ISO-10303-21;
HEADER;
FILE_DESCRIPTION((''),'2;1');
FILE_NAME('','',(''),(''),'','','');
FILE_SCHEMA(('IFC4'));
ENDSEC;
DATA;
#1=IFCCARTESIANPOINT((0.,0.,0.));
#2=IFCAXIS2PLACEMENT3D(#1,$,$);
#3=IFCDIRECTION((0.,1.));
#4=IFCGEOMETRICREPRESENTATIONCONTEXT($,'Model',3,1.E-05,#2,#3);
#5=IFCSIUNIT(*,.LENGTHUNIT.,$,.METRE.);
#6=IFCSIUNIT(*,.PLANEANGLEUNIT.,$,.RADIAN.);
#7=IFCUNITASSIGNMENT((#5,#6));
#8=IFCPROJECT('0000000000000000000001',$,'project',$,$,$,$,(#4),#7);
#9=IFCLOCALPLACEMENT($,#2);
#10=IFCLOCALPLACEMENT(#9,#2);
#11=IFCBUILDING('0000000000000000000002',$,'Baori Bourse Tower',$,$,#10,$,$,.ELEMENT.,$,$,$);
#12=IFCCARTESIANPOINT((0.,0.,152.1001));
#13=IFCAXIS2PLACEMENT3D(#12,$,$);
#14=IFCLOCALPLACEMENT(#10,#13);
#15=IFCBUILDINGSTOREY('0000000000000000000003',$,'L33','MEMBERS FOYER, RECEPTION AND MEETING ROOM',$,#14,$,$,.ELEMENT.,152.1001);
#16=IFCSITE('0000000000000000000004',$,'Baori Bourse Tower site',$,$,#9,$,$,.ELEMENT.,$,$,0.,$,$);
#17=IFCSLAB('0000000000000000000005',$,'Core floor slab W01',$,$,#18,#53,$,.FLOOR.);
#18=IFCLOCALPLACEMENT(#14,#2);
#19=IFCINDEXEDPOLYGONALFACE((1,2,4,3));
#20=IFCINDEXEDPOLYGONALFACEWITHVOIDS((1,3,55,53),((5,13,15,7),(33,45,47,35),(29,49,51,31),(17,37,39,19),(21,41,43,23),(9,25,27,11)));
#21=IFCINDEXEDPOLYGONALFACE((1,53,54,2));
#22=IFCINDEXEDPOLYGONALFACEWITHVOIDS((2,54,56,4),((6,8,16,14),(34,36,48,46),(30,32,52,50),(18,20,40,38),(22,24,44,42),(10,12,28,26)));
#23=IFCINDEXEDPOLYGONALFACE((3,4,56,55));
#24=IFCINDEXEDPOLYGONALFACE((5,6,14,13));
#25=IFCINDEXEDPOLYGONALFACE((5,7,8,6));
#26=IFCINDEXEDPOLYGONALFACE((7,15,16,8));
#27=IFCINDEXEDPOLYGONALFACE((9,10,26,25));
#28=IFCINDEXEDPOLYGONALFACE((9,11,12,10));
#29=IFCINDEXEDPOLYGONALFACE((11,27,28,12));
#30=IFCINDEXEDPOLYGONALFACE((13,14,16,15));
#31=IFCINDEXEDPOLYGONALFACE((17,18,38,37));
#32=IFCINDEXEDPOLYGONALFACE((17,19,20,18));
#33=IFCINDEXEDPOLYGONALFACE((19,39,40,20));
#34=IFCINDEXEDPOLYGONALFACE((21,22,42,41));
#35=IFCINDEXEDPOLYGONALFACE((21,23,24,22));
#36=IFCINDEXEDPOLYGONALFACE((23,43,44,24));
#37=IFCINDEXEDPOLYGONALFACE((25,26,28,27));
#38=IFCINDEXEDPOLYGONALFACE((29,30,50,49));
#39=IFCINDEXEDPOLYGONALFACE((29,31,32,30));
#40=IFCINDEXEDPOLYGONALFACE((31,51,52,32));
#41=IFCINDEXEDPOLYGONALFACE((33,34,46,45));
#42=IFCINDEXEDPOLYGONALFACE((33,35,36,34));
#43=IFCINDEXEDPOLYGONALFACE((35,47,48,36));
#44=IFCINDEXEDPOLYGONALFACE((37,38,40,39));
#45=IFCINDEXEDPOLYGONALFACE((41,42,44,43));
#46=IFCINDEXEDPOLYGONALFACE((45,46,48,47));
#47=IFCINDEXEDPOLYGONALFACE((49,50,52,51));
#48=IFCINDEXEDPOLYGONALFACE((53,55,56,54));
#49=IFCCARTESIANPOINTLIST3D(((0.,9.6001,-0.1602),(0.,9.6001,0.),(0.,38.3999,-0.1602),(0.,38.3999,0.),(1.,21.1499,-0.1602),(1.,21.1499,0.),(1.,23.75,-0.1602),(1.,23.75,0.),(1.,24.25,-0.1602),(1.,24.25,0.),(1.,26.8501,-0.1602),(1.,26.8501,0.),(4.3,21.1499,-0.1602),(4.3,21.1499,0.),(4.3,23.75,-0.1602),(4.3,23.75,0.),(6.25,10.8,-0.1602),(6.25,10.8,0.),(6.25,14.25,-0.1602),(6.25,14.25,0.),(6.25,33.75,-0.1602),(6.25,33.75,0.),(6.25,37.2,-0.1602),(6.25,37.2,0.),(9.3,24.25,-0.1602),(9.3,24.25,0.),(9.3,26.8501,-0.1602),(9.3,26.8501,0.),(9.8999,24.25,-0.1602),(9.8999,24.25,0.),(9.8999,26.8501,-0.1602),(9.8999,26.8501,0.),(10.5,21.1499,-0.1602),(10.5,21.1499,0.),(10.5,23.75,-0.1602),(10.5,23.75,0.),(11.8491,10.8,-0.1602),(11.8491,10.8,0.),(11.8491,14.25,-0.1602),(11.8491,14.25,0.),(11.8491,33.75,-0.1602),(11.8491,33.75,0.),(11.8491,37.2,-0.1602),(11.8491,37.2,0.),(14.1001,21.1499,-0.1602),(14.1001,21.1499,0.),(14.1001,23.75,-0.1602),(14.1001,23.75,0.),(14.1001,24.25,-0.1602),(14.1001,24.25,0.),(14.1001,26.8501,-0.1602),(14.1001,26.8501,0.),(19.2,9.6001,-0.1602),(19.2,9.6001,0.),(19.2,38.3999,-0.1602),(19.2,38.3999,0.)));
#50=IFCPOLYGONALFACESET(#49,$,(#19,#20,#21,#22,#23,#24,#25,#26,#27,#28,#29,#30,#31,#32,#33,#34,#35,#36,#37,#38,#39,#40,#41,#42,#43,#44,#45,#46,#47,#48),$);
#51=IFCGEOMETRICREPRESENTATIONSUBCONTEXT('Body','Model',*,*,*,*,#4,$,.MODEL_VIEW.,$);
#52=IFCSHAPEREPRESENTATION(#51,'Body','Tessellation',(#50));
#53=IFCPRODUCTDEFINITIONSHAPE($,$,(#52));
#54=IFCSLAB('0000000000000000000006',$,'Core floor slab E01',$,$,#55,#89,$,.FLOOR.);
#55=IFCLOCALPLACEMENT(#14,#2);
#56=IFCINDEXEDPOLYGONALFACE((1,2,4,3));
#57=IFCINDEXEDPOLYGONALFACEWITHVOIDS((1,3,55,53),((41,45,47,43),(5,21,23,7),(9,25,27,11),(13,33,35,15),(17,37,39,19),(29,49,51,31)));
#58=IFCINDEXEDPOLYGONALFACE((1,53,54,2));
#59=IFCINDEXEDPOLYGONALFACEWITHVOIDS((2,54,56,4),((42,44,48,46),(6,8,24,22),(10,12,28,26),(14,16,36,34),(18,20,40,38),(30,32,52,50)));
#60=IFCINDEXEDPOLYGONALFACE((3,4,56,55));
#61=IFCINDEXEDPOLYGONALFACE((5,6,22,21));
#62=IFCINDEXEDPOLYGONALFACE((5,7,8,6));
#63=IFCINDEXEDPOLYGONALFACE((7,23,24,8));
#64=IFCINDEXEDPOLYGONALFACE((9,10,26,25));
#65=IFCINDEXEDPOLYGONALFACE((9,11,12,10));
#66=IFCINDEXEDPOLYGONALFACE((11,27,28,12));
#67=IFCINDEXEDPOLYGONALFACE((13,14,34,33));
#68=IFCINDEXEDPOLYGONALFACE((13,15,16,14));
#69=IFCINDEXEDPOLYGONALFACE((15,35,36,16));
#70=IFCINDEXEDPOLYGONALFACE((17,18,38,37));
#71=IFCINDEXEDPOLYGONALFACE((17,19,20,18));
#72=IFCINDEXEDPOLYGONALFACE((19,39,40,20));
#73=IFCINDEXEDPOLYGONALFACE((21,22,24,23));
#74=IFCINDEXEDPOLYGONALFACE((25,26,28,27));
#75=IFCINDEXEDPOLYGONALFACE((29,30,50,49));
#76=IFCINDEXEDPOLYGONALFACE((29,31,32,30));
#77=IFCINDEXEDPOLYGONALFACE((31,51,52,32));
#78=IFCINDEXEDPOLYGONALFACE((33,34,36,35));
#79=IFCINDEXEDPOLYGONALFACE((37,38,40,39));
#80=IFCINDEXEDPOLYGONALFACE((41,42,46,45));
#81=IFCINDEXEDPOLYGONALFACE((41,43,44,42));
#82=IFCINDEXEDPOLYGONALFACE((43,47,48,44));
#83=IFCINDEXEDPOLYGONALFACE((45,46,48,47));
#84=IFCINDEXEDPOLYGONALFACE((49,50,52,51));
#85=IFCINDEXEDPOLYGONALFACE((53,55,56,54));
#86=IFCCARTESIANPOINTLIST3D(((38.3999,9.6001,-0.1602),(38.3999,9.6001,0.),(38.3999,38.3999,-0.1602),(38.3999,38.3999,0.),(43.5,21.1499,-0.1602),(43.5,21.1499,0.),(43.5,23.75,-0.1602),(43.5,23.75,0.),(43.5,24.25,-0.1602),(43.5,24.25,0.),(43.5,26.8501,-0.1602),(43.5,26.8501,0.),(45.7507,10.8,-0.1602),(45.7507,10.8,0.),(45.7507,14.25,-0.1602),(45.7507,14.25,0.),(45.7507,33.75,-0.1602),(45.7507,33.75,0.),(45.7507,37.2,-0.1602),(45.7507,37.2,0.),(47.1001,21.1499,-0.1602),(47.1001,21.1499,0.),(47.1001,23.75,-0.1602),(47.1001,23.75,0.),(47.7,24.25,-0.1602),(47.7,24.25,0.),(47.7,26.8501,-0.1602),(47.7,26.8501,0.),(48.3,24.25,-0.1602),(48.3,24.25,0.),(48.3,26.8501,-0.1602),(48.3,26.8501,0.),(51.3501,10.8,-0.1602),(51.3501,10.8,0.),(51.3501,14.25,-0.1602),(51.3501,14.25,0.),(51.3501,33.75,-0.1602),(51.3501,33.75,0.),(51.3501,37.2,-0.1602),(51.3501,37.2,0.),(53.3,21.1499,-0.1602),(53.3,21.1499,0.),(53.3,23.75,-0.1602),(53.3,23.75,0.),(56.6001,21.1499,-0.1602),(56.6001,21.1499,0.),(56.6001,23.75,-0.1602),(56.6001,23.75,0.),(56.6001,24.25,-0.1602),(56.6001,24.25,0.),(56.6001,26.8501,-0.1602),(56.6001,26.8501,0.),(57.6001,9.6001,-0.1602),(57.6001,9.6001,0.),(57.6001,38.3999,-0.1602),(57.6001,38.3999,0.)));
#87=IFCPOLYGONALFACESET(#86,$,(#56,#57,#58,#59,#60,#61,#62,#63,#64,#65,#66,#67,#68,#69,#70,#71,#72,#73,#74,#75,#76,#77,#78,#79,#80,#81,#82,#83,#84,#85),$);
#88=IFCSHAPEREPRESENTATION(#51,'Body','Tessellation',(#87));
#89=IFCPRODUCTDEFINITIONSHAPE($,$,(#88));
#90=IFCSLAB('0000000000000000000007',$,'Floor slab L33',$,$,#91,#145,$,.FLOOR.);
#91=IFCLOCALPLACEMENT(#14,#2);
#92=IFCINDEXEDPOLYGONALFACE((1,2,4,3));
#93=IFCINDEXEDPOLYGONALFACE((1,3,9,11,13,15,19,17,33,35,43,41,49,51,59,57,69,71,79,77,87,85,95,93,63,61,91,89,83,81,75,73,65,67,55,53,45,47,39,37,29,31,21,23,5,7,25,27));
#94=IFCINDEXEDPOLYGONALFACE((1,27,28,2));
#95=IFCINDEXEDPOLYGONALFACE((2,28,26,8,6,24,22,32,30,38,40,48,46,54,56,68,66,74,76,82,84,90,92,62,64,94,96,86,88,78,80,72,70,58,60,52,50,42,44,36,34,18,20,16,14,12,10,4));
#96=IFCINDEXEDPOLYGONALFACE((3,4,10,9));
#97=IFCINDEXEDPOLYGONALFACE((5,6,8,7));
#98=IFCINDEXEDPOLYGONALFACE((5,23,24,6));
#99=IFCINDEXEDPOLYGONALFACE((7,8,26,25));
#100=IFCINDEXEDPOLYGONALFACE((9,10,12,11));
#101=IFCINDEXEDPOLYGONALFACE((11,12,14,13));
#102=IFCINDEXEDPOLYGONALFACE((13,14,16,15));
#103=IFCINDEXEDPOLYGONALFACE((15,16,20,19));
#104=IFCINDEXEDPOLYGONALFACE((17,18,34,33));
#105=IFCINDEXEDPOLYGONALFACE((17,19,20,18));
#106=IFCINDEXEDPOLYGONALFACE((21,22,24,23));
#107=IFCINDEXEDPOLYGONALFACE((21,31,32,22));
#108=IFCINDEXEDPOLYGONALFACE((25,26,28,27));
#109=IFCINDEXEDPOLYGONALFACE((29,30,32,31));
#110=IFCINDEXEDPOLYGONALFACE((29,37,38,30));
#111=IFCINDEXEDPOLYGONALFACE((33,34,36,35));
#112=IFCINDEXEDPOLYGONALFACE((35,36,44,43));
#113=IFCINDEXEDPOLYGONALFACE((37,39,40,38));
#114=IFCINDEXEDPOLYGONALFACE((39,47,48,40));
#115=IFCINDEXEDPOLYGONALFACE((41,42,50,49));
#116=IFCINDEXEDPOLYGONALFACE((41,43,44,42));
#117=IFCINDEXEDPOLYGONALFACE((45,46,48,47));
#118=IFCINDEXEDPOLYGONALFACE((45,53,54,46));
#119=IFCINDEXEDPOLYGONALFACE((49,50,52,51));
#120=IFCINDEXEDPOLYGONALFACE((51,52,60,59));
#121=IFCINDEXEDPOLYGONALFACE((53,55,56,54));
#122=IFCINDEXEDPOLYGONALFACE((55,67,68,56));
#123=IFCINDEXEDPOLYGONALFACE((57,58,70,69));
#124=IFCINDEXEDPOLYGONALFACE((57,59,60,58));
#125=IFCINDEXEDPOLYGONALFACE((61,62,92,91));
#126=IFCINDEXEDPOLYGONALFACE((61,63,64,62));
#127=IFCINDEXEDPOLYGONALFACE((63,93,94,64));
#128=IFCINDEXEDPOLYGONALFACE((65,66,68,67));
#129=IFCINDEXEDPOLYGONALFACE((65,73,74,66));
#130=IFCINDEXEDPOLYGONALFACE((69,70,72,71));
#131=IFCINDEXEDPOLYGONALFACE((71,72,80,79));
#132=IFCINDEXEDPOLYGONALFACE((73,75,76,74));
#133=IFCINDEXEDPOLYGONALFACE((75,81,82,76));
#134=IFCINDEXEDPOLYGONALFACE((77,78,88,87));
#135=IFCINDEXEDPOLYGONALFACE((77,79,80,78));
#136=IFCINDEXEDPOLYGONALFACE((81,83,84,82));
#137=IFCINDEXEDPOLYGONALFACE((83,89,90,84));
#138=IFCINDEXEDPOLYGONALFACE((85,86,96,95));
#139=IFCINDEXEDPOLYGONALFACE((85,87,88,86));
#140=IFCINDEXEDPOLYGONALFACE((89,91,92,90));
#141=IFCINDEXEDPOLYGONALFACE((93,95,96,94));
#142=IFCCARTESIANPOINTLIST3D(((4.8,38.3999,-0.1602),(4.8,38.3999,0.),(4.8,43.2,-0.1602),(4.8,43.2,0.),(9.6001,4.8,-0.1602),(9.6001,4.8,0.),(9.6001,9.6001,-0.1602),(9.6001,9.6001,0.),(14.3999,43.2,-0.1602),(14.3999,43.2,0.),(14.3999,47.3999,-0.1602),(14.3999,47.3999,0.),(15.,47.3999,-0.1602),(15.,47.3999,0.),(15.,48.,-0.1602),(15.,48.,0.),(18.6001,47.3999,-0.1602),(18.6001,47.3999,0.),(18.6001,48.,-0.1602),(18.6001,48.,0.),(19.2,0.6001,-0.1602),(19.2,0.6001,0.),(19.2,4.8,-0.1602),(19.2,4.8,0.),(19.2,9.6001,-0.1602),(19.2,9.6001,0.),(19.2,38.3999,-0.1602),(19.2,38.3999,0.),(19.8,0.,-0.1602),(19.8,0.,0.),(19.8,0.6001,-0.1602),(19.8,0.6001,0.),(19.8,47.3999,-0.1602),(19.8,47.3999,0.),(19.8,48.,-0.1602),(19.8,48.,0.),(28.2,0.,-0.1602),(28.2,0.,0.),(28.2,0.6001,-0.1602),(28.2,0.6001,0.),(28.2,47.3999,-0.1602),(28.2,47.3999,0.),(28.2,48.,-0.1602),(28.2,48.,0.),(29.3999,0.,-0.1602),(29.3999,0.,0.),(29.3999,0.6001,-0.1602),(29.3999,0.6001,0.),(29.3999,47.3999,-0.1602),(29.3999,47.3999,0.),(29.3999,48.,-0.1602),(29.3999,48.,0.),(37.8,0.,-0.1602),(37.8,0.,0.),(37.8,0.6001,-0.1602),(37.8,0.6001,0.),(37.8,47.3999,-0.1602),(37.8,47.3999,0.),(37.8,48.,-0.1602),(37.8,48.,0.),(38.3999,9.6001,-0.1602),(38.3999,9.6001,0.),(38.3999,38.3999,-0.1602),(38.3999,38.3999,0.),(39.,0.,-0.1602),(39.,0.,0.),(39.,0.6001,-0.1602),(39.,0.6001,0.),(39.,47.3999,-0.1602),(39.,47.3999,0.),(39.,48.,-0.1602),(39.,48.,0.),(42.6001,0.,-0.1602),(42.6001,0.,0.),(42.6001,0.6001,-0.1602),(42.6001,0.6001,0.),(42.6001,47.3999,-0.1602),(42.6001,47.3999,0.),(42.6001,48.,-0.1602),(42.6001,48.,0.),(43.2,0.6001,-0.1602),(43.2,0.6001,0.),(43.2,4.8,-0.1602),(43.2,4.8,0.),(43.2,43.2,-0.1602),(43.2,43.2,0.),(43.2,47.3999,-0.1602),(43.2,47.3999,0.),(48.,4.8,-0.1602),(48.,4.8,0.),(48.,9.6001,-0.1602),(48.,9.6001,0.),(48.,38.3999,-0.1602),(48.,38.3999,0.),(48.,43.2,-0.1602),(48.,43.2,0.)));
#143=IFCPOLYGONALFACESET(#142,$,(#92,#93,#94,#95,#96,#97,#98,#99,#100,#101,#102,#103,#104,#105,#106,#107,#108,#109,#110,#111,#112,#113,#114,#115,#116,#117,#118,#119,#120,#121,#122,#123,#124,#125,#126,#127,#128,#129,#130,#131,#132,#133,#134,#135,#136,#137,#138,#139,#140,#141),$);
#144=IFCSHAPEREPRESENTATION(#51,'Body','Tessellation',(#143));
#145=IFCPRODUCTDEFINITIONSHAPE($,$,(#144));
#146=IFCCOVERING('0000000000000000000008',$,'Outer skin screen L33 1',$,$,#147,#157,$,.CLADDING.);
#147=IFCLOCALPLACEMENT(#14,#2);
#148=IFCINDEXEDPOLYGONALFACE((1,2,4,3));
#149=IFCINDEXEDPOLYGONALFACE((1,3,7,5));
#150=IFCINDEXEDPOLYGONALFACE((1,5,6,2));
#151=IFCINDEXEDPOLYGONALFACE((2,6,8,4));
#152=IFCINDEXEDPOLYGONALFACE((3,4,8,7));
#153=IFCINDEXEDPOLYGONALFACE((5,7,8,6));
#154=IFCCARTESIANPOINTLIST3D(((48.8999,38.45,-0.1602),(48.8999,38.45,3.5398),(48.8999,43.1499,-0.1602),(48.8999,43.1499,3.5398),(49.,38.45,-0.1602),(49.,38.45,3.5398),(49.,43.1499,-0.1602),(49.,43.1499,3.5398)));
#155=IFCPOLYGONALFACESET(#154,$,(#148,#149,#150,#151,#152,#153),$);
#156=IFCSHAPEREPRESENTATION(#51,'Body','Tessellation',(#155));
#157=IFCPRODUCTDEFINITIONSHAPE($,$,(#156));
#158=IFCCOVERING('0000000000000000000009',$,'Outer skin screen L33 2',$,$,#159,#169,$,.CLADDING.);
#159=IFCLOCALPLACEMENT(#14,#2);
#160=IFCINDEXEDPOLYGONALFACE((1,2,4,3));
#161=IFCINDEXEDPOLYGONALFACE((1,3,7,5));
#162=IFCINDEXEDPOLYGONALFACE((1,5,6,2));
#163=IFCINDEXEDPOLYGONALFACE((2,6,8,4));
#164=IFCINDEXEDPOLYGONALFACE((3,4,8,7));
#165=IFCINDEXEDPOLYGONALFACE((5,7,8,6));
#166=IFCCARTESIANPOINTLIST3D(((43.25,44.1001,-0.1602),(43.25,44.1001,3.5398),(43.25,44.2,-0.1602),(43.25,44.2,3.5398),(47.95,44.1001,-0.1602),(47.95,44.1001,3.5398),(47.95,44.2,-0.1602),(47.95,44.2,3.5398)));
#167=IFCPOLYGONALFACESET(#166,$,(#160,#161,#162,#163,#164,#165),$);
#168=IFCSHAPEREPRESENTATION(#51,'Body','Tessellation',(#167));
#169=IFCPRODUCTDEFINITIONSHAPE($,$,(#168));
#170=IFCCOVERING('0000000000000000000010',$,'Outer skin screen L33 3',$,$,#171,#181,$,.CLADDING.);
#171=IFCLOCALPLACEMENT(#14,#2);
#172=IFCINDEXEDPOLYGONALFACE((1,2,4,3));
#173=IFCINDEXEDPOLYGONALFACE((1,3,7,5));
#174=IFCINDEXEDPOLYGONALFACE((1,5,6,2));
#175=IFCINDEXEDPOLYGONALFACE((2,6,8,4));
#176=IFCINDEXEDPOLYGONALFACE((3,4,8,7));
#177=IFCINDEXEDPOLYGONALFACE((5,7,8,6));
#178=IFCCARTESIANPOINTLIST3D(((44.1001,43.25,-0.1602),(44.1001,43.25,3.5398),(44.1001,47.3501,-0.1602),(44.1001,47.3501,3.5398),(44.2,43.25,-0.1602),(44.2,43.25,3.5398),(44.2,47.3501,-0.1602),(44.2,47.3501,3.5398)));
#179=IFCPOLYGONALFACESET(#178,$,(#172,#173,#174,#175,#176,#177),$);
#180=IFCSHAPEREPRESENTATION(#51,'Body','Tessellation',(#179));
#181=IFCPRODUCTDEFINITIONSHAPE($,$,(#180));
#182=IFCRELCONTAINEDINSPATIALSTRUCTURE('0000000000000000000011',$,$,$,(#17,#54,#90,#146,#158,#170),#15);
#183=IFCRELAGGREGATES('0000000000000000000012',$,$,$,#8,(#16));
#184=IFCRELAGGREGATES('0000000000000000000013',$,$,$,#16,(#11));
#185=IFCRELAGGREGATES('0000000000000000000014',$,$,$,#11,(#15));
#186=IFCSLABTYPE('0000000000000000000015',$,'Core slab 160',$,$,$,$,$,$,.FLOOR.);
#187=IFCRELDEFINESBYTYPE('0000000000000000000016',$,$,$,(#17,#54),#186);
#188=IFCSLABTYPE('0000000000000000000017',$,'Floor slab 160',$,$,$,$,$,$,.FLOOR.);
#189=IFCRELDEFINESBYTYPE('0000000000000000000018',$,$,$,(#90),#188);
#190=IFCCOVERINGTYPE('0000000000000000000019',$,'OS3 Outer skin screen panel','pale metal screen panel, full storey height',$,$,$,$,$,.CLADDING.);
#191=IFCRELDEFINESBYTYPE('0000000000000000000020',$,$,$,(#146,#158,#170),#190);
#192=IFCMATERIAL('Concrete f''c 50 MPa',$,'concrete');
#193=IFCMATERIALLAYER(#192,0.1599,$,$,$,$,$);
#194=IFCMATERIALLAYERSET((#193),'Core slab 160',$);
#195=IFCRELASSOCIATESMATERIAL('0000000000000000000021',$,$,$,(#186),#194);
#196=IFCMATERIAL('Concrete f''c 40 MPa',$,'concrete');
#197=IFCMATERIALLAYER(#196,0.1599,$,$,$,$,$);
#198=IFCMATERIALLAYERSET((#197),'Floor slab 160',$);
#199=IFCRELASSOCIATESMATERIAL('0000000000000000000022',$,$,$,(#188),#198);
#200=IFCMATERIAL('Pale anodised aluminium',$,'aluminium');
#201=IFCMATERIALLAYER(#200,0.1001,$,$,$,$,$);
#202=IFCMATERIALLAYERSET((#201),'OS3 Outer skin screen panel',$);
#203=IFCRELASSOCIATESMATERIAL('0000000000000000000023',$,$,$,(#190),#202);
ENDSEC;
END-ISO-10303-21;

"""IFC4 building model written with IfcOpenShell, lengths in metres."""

from ifc_helpers import new_model, si_unit, direction, frame, origin, place, context, subcontext, project, spatial, polyline, outline, extrude, material, layer, layer_set, type_object, element, save


model = new_model("IFC4")

# Units and contexts
model_context = context("Model", 3, precision=1e-05, world=origin(), true_north=direction((0.0, 1.0)))
body_context = subcontext(model_context, "Body", "Model", "MODEL_VIEW")
ifc_project = project(units=[si_unit("LENGTHUNIT", "METRE"), si_unit("PLANEANGLEUNIT", "RADIAN")], contexts=[model_context])

# Site, building, storey
site_placement = place(None, origin())
site = spatial("IfcSite", under=ifc_project, at=site_placement, Name="Baori Bourse Tower site", CompositionType="ELEMENT", RefElevation=0.0)
building_placement = place(site_placement, origin())
building = spatial("IfcBuilding", under=site, at=building_placement, Name="Baori Bourse Tower", CompositionType="ELEMENT")
storey_placement = place(building_placement, frame((0.0, 0.0, 152.1001)))
storey = spatial("IfcBuildingStorey", under=building, at=storey_placement, Name="L33", Description="MEMBERS FOYER, RECEPTION AND MEETING ROOM", CompositionType="ELEMENT", Elevation=152.1001)

# Slabs
ifc_material_1 = material(Name="Concrete f'c 50 MPa", Category="concrete")
ifc_layer_1 = layer(ifc_material_1, 0.1599)
ifc_layer_set_1 = layer_set([ifc_layer_1], Name="Core slab 160")
slab_type_1 = type_object("IfcSlabType", Name="Core slab 160", PredefinedType="FLOOR", material=ifc_layer_set_1)
slab_1_placement = place(storey_placement, frame((0.0, 0.0, -0.1602)))
element("IfcSlab", 1, at=slab_1_placement, inside=storey, type_object=slab_type_1, Name="Core floor slab W01", PredefinedType="FLOOR", context=body_context, shape_type="SweptSolid", body=[
    extrude(outline(polyline([(0.0, 38.3999), (0.0, 9.6001), (19.2, 9.6001), (19.2, 38.3999), (0.0, 38.3999)]), holes=[polyline([(10.5, 21.1499), (10.5, 23.75), (14.1001, 23.75), (14.1001, 21.1499), (10.5, 21.1499)]), polyline([(14.1001, 24.25), (9.8999, 24.25), (9.8999, 26.8501), (14.1001, 26.8501), (14.1001, 24.25)]), polyline([(6.25, 14.25), (11.8491, 14.25), (11.8491, 10.8), (6.25, 10.8), (6.25, 14.25)]), polyline([(11.8491, 37.2), (11.8491, 33.75), (6.25, 33.75), (6.25, 37.2), (11.8491, 37.2)]), polyline([(1.0, 26.8501), (9.3, 26.8501), (9.3, 24.25), (1.0, 24.25), (1.0, 26.8501)]), polyline([(4.3, 23.75), (4.3, 21.1499), (1.0, 21.1499), (1.0, 23.75), (4.3, 23.75)])]), origin(), (0.0, 0.0, 1.0), 0.1602),
])
slab_2_placement = place(storey_placement, frame((0.0, 0.0, -0.1602)))
element("IfcSlab", 2, at=slab_2_placement, inside=storey, type_object=slab_type_1, Name="Core floor slab E01", PredefinedType="FLOOR", context=body_context, shape_type="SweptSolid", body=[
    extrude(outline(polyline([(57.6001, 38.3999), (38.3999, 38.3999), (38.3999, 9.6001), (57.6001, 9.6001), (57.6001, 38.3999)]), holes=[polyline([(56.6001, 21.1499), (53.3, 21.1499), (53.3, 23.75), (56.6001, 23.75), (56.6001, 21.1499)]), polyline([(56.6001, 26.8501), (56.6001, 24.25), (48.3, 24.25), (48.3, 26.8501), (56.6001, 26.8501)]), polyline([(45.7507, 14.25), (51.3501, 14.25), (51.3501, 10.8), (45.7507, 10.8), (45.7507, 14.25)]), polyline([(51.3501, 37.2), (51.3501, 33.75), (45.7507, 33.75), (45.7507, 37.2), (51.3501, 37.2)]), polyline([(43.5, 24.25), (43.5, 26.8501), (47.7, 26.8501), (47.7, 24.25), (43.5, 24.25)]), polyline([(43.5, 23.75), (47.1001, 23.75), (47.1001, 21.1499), (43.5, 21.1499), (43.5, 23.75)])]), origin(), (0.0, 0.0, 1.0), 0.1602),
])
ifc_material_2 = material(Name="Concrete f'c 40 MPa", Category="concrete")
ifc_layer_2 = layer(ifc_material_2, 0.1599)
ifc_layer_set_2 = layer_set([ifc_layer_2], Name="Floor slab 160")
slab_type_2 = type_object("IfcSlabType", Name="Floor slab 160", PredefinedType="FLOOR", material=ifc_layer_set_2)
slab_3_placement = place(storey_placement, frame((0.0, 0.0, -0.1602)))
element("IfcSlab", 3, at=slab_3_placement, inside=storey, type_object=slab_type_2, Name="Floor slab L33", PredefinedType="FLOOR", context=body_context, shape_type="SweptSolid", body=[
    extrude(outline(polyline([(19.2, 4.8), (9.6001, 4.8), (9.6001, 9.6001), (19.2, 9.6001), (19.2, 38.3999), (4.8, 38.3999), (4.8, 43.2), (14.3999, 43.2), (14.3999, 47.3999), (15.0, 47.3999), (15.0, 48.0), (18.6001, 48.0), (18.6001, 47.3999), (19.8, 47.3999), (19.8, 48.0), (28.2, 48.0), (28.2, 47.3999), (29.3999, 47.3999), (29.3999, 48.0), (37.8, 48.0), (37.8, 47.3999), (39.0, 47.3999), (39.0, 48.0), (42.6001, 48.0), (42.6001, 47.3999), (43.2, 47.3999), (43.2, 43.2), (48.0, 43.2), (48.0, 38.3999), (38.3999, 38.3999), (38.3999, 9.6001), (48.0, 9.6001), (48.0, 4.8), (43.2, 4.8), (43.2, 0.6001), (42.6001, 0.6001), (42.6001, 0.0), (39.0, 0.0), (39.0, 0.6001), (37.8, 0.6001), (37.8, 0.0), (29.3999, 0.0), (29.3999, 0.6001), (28.2, 0.6001), (28.2, 0.0), (19.8, 0.0), (19.8, 0.6001), (19.2, 0.6001), (19.2, 4.8)])), origin(), (0.0, 0.0, 1.0), 0.1602),
])

# Coverings
ifc_material_3 = material(Name="Pale anodised aluminium", Category="aluminium")
ifc_layer_3 = layer(ifc_material_3, 0.1001)
ifc_layer_set_3 = layer_set([ifc_layer_3], Name="OS3 Outer skin screen panel")
covering_type = type_object("IfcCoveringType", Name="OS3 Outer skin screen panel", Description="pale metal screen panel, full storey height", PredefinedType="CLADDING", material=ifc_layer_set_3)
covering_1_placement = place(storey_placement, frame((0.0, 0.0, -0.1602)))
element("IfcCovering", 4, at=covering_1_placement, inside=storey, type_object=covering_type, Name="Outer skin screen L33 1", PredefinedType="CLADDING", context=body_context, shape_type="SweptSolid", body=[
    extrude(outline(polyline([(48.8999, 43.1499), (48.8999, 38.45), (49.0, 38.45), (49.0, 43.1499), (48.8999, 43.1499)])), origin(), (0.0, 0.0, 1.0), 3.7),
])
covering_2_placement = place(storey_placement, frame((0.0, 0.0, -0.1602)))
element("IfcCovering", 5, at=covering_2_placement, inside=storey, type_object=covering_type, Name="Outer skin screen L33 2", PredefinedType="CLADDING", context=body_context, shape_type="SweptSolid", body=[
    extrude(outline(polyline([(43.25, 44.1001), (47.95, 44.1001), (47.95, 44.2), (43.25, 44.2), (43.25, 44.1001)])), origin(), (0.0, 0.0, 1.0), 3.7),
])
covering_3_placement = place(storey_placement, frame((0.0, 0.0, -0.1602)))
element("IfcCovering", 6, at=covering_3_placement, inside=storey, type_object=covering_type, Name="Outer skin screen L33 3", PredefinedType="CLADDING", context=body_context, shape_type="SweptSolid", body=[
    extrude(outline(polyline([(44.1001, 47.3501), (44.1001, 43.25), (44.2, 43.25), (44.2, 47.3501), (44.1001, 47.3501)])), origin(), (0.0, 0.0, 1.0), 3.7),
])

save(model, "model.ifc")
